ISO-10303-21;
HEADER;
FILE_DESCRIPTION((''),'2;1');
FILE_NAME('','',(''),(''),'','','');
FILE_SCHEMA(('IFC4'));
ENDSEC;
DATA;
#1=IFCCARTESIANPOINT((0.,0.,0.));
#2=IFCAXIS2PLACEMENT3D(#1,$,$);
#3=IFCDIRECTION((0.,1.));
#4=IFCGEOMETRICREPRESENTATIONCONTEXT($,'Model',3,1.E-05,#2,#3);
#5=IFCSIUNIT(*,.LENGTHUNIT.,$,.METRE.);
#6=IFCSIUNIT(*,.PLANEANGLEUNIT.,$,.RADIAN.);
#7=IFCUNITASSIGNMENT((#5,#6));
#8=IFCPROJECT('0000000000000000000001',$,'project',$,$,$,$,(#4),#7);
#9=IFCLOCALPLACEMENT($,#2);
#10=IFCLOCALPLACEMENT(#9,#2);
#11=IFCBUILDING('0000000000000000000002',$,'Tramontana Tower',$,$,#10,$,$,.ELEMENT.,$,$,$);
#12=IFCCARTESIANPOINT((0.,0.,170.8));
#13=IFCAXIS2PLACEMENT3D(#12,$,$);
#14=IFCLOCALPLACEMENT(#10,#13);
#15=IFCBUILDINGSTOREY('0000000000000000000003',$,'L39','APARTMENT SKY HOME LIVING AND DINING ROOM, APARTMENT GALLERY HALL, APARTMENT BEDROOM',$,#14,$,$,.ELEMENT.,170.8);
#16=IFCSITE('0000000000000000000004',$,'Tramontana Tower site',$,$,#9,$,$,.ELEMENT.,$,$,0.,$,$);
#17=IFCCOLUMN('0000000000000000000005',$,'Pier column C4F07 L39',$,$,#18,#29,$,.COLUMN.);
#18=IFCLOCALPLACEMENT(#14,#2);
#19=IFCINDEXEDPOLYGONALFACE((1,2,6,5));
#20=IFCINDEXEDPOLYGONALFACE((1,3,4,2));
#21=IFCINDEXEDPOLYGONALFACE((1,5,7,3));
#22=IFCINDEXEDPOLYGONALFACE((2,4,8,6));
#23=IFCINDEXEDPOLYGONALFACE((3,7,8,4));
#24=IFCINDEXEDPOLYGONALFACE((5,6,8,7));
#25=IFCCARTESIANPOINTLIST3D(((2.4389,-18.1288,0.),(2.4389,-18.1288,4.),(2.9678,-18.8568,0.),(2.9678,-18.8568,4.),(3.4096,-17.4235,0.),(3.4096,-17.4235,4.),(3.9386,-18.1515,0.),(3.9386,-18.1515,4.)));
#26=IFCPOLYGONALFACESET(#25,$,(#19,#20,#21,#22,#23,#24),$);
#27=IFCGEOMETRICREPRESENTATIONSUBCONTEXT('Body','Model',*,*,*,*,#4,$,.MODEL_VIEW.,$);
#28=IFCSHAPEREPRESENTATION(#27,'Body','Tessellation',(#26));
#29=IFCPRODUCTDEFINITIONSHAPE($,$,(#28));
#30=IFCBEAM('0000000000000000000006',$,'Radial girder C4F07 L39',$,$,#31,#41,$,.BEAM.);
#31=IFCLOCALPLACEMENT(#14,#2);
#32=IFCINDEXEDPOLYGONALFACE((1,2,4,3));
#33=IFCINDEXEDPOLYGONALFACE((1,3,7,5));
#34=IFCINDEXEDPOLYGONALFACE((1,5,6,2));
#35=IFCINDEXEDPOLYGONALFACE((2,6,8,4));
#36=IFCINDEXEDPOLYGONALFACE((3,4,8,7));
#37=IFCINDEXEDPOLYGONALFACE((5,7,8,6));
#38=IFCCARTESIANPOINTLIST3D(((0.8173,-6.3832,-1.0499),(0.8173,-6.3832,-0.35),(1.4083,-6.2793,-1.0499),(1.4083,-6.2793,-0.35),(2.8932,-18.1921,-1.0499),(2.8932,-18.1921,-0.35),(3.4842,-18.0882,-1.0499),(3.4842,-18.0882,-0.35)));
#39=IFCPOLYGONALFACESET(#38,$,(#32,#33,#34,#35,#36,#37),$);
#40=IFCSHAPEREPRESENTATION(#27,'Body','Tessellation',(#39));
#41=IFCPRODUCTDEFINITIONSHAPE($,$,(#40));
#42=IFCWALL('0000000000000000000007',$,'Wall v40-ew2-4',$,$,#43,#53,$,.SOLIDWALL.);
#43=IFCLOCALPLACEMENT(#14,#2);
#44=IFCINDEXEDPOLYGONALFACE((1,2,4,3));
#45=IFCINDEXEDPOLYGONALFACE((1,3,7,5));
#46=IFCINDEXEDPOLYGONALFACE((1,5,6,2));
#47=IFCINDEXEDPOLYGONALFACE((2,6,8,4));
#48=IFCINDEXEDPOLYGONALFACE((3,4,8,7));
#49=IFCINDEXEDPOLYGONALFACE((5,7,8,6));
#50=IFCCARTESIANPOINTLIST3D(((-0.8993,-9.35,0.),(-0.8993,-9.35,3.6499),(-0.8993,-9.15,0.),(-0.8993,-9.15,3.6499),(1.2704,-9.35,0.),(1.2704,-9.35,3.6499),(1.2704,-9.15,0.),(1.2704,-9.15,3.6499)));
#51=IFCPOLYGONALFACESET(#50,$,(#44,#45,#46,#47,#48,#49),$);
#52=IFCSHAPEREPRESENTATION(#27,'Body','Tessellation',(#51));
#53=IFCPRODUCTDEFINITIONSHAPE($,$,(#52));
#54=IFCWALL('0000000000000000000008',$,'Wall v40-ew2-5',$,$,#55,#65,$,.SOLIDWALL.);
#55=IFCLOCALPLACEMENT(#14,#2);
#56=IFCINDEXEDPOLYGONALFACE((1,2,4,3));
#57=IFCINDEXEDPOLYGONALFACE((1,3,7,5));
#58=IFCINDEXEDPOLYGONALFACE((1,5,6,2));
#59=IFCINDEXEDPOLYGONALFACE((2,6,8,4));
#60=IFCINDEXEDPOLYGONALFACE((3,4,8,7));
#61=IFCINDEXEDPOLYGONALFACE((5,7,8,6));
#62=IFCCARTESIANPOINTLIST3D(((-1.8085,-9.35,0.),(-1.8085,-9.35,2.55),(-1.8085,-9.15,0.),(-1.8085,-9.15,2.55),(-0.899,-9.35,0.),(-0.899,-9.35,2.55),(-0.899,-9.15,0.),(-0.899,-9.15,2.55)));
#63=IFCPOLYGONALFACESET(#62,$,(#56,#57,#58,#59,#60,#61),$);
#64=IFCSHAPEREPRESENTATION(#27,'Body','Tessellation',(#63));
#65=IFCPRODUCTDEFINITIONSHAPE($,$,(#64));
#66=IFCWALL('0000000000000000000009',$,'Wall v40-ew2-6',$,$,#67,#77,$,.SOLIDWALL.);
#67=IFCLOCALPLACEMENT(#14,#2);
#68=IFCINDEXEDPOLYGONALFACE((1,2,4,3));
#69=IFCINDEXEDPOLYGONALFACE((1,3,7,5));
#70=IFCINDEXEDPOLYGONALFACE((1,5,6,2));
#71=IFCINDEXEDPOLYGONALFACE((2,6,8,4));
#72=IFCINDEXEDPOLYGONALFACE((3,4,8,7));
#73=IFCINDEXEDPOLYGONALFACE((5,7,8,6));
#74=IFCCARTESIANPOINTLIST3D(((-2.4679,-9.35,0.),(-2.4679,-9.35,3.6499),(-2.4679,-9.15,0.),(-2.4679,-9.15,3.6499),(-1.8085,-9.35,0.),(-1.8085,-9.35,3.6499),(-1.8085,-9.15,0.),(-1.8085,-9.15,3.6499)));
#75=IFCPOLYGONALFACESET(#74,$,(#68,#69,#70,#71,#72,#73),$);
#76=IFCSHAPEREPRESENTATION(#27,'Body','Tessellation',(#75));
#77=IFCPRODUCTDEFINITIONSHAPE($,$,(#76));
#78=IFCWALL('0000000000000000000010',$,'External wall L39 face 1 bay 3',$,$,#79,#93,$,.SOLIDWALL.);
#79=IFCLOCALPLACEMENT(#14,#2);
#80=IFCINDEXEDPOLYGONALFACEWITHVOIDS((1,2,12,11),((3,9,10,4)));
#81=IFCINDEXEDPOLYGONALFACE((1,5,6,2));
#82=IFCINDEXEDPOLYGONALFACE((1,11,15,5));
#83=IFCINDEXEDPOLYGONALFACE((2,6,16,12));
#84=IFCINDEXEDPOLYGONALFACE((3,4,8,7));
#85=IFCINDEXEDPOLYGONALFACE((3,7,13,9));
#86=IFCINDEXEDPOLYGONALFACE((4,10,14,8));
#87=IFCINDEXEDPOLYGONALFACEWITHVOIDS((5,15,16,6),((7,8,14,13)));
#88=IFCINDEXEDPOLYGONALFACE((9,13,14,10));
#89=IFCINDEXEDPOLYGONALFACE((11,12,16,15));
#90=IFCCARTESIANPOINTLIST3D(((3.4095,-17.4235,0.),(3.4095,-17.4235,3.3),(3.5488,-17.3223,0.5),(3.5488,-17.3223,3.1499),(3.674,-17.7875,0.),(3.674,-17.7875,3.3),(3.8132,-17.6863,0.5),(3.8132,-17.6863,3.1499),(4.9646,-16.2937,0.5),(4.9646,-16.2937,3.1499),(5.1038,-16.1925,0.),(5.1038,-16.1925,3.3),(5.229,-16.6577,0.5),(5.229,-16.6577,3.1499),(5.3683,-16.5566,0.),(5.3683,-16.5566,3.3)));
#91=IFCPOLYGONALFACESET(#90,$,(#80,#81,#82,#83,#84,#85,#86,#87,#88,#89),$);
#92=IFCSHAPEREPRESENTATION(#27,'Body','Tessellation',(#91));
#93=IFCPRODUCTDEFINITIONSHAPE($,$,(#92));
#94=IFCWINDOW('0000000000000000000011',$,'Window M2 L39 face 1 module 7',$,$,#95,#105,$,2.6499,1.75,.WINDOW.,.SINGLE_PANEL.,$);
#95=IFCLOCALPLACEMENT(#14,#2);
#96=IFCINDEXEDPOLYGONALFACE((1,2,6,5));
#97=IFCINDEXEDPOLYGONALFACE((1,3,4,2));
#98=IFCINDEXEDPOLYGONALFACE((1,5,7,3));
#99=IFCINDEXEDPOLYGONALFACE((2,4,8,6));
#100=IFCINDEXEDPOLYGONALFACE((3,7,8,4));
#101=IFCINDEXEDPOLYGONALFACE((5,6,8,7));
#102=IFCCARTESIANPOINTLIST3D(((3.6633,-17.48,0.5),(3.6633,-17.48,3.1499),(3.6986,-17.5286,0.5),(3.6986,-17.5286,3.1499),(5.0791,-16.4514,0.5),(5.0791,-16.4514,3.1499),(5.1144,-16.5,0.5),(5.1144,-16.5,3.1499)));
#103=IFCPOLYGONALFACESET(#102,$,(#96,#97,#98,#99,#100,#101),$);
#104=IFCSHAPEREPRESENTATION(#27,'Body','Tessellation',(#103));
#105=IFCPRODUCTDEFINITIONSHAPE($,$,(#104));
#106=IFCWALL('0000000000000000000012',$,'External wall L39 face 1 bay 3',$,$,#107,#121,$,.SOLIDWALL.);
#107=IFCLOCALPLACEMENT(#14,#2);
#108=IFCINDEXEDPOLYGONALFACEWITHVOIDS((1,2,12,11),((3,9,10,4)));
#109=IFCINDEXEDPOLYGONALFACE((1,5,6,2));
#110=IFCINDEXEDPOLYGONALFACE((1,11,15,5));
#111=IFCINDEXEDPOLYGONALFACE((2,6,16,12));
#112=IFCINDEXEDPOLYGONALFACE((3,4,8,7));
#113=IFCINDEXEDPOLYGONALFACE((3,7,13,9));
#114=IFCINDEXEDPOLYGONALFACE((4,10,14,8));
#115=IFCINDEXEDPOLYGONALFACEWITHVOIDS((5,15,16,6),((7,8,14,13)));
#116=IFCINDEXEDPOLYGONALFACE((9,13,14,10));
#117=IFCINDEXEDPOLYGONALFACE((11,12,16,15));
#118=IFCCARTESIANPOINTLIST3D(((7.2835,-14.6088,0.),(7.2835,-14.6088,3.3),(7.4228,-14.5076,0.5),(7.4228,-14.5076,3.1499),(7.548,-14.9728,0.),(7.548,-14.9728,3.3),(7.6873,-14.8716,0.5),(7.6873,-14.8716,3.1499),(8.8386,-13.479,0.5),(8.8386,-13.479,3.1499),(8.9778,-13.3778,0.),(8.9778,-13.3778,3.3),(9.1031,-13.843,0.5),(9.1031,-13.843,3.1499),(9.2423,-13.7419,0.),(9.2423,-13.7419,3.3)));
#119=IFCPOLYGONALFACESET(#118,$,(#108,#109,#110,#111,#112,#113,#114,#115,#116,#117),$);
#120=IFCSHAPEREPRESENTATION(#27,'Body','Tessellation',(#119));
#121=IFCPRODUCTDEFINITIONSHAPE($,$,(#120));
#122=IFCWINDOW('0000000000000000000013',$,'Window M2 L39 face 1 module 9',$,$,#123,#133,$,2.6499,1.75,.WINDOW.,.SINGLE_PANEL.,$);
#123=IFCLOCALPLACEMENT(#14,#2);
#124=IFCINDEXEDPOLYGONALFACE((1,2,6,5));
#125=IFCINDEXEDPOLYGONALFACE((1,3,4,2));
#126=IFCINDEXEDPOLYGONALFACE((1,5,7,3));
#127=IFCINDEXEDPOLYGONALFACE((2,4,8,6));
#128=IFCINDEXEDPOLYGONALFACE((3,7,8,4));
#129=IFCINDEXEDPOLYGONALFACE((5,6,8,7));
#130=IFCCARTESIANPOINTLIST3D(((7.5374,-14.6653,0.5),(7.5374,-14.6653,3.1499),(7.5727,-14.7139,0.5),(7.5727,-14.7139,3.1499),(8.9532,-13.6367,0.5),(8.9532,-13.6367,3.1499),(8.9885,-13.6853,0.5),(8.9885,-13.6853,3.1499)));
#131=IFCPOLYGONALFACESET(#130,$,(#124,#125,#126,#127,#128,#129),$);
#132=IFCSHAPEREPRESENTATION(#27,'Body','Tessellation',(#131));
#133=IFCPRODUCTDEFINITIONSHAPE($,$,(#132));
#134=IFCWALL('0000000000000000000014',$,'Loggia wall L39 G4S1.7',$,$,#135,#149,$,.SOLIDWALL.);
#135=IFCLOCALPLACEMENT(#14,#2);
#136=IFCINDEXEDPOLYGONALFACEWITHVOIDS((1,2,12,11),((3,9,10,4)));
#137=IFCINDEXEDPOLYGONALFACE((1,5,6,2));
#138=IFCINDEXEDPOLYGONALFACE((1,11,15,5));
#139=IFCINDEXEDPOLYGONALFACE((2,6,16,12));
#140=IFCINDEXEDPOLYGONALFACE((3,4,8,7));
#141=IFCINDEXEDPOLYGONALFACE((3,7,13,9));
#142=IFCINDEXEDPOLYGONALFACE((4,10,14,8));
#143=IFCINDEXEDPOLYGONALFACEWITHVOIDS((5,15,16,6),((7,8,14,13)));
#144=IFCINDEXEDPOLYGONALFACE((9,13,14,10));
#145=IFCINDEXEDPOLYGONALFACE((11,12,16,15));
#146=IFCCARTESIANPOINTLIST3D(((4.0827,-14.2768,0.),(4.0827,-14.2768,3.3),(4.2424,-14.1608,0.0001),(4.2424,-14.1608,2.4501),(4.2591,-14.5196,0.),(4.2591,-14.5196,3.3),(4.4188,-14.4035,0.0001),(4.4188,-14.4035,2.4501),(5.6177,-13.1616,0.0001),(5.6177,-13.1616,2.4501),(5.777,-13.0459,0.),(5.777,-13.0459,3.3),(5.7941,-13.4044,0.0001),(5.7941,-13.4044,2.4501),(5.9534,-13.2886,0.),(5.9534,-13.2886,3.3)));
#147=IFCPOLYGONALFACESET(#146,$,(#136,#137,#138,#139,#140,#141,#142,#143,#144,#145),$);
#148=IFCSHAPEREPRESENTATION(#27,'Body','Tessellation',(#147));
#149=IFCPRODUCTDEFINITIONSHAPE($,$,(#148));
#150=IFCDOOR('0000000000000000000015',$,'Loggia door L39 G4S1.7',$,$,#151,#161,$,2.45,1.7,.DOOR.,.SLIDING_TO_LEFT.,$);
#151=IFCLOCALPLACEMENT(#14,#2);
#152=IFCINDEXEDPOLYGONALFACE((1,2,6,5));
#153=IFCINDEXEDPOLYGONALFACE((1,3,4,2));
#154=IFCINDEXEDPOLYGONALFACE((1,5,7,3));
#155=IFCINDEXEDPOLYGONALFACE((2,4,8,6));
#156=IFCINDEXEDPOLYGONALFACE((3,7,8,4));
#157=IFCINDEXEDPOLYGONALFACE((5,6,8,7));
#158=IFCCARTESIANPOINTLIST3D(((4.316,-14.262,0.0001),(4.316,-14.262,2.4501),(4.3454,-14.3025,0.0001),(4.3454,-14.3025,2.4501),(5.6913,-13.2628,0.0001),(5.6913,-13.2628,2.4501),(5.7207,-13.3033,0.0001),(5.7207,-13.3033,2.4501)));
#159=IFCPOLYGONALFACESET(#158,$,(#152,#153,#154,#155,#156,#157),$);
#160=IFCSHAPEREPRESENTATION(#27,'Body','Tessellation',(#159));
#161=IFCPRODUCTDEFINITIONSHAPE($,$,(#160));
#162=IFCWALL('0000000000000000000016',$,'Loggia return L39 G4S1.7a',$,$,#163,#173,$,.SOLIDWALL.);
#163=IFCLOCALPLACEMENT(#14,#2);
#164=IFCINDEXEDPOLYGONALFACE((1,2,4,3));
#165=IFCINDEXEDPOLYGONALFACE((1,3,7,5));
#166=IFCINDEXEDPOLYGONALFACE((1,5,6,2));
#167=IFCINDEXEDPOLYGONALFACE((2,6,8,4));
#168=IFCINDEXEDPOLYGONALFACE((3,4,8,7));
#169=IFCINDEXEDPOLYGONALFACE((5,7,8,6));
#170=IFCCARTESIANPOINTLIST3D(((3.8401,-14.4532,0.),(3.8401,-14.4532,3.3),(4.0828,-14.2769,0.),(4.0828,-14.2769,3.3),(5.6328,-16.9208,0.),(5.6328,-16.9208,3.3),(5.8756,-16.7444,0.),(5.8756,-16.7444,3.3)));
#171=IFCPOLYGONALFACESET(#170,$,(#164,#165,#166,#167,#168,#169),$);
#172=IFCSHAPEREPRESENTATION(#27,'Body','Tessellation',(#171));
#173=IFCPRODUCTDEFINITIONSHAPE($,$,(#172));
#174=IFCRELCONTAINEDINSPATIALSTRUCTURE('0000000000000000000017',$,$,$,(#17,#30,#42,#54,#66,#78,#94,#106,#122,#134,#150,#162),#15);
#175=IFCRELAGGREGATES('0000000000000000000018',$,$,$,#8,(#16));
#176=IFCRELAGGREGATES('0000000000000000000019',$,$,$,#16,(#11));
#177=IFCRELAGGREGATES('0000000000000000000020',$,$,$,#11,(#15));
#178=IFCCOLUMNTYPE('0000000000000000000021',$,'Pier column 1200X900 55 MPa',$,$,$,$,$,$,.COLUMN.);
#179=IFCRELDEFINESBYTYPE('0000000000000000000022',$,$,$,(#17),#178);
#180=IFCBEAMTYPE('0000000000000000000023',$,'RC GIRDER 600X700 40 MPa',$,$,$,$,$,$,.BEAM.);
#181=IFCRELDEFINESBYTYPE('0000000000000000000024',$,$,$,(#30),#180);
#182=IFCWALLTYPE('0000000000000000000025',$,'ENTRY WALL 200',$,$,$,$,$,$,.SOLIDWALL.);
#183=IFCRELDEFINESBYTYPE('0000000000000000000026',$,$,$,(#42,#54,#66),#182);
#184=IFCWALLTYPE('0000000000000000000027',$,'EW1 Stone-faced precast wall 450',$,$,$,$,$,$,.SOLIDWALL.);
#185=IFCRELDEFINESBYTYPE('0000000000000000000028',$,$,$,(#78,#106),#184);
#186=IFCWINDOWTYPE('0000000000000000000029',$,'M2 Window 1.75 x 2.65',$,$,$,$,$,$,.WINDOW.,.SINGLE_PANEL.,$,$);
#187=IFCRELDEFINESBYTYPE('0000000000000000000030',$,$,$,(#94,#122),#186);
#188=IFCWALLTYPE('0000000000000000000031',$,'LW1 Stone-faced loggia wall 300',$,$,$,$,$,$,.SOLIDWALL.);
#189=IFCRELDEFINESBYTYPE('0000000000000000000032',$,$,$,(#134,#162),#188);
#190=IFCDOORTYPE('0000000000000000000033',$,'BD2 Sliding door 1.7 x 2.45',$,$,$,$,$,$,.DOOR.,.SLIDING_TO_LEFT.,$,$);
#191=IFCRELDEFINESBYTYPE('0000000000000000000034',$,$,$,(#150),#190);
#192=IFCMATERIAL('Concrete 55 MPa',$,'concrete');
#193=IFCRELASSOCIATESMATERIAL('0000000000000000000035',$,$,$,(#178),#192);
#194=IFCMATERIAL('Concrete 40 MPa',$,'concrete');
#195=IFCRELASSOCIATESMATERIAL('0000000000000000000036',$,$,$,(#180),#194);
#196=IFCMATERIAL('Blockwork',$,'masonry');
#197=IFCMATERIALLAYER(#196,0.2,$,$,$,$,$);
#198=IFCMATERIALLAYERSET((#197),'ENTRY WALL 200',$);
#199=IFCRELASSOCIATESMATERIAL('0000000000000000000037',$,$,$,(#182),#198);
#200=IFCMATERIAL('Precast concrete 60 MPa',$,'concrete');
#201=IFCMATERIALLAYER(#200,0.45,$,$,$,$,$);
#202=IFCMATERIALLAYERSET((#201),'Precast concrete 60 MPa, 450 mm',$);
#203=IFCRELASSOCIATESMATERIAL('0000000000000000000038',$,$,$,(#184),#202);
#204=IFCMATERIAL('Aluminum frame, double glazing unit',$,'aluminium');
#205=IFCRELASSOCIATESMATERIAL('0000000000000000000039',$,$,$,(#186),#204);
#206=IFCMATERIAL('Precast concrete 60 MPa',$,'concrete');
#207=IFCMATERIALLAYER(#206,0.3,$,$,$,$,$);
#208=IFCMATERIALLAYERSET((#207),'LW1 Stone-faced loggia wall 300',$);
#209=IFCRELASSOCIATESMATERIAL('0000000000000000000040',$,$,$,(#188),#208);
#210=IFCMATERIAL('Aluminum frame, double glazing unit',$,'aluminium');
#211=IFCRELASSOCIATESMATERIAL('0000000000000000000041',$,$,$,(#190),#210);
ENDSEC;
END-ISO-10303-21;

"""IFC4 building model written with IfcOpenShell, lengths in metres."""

from ifc_helpers import new_model, si_unit, direction, frame, frame_2d, origin, origin_2d, place, context, subcontext, project, spatial, rectangle, extrude, material, layer, layer_set, material_profile, profile_set, type_object, element, fill, save


model = new_model("IFC4")

# Units and contexts
model_context = context("Model", 3, precision=1e-05, world=origin(), true_north=direction((0.0, 1.0)))
body_context = subcontext(model_context, "Body", "Model", "MODEL_VIEW")
ifc_project = project(units=[si_unit("LENGTHUNIT", "METRE"), si_unit("PLANEANGLEUNIT", "RADIAN")], contexts=[model_context])

# Site, building, storey
site_placement = place(None, origin())
site = spatial("IfcSite", under=ifc_project, at=site_placement, Name="Tramontana Tower site", CompositionType="ELEMENT", RefElevation=0.0)
building_placement = place(site_placement, origin())
building = spatial("IfcBuilding", under=site, at=building_placement, Name="Tramontana Tower", CompositionType="ELEMENT")
storey_placement = place(building_placement, frame((0.0, 0.0, 170.8)))
storey = spatial("IfcBuildingStorey", under=building, at=storey_placement, Name="L39", Description="APARTMENT SKY HOME LIVING AND DINING ROOM, APARTMENT GALLERY HALL, APARTMENT BEDROOM", CompositionType="ELEMENT", Elevation=170.8)

# Column
ifc_material_1 = material(Name="Concrete 55 MPa", Category="concrete")
ifc_material_profile_1 = material_profile(ifc_material_1, rectangle(XDim=1.2, YDim=0.8999, at=origin_2d()), Name="Pier column 1200X900 55 MPa")
ifc_profile_set_1 = profile_set([ifc_material_profile_1], Name="Concrete 55 MPa")
column_type = type_object("IfcColumnType", Name="Pier column 1200X900 55 MPa", PredefinedType="COLUMN", material=ifc_profile_set_1)
column_placement = place(storey_placement, frame((3.1887, -18.1401, 0.0), z_axis=(0.0, 0.0, 1.0), x_axis=(0.809017, 0.587785, 0.0)))
element("IfcColumn", 1, at=column_placement, inside=storey, type_object=column_type, Name="Pier column C4F07 L39", PredefinedType="COLUMN", context=body_context, shape_type="SweptSolid", body=[
    extrude(rectangle(XDim=1.2, YDim=0.8999, at=origin_2d()), origin(), (0.0, 0.0, 1.0), 4.0),
])

# Beam
ifc_material_2 = material(Name="Concrete 40 MPa", Category="concrete")
ifc_material_profile_2 = material_profile(ifc_material_2, rectangle(XDim=0.6001, YDim=0.7, at=origin_2d()), Name="RC GIRDER 600X700 40 MPa")
ifc_profile_set_2 = profile_set([ifc_material_profile_2], Name="Concrete 40 MPa")
beam_type = type_object("IfcBeamType", Name="RC GIRDER 600X700 40 MPa", PredefinedType="BEAM", material=ifc_profile_set_2)
beam_placement = place(storey_placement, frame((3.1887, -18.1401, -0.7), z_axis=(-0.173139, 0.984897, 0.0), x_axis=(-0.984897, -0.173139, 0.0)))
element("IfcBeam", 2, at=beam_placement, inside=storey, type_object=beam_type, Name="Radial girder C4F07 L39", PredefinedType="BEAM", context=body_context, shape_type="SweptSolid", body=[
    extrude(rectangle(XDim=0.6001, YDim=0.7, at=origin_2d()), origin(), (0.0, 0.0, 1.0), 11.99),
])

# Walls
ifc_material_3 = material(Name="Blockwork", Category="masonry")
ifc_layer_1 = layer(ifc_material_3, 0.2)
ifc_layer_set_1 = layer_set([ifc_layer_1], Name="ENTRY WALL 200")
wall_type_1 = type_object("IfcWallType", Name="ENTRY WALL 200", PredefinedType="SOLIDWALL", material=ifc_layer_set_1)
wall_1_placement = place(storey_placement, frame((1.2705, -9.25, 0.0), z_axis=(0.0, 0.0, 1.0), x_axis=(-1.0, 0.0, 0.0)))
element("IfcWall", 3, at=wall_1_placement, inside=storey, type_object=wall_type_1, Name="Wall v40-ew2-4", PredefinedType="SOLIDWALL", context=body_context, shape_type="SweptSolid", body=[
    extrude(rectangle(XDim=2.1697, YDim=0.2, at=frame_2d((1.085, 0.0))), origin(), (0.0, 0.0, 1.0), 3.6499),
])
wall_2_placement = place(storey_placement, frame((-0.8992, -9.25, 0.0), z_axis=(0.0, 0.0, 1.0), x_axis=(-1.0, 0.0, 0.0)))
element("IfcWall", 4, at=wall_2_placement, inside=storey, type_object=wall_type_1, Name="Wall v40-ew2-5", PredefinedType="SOLIDWALL", context=body_context, shape_type="SweptSolid", body=[
    extrude(rectangle(XDim=0.9094, YDim=0.2, at=frame_2d((0.4546, 0.0))), origin(), (0.0, 0.0, 1.0), 2.55),
])
wall_3_placement = place(storey_placement, frame((-1.8086, -9.25, 0.0), z_axis=(0.0, 0.0, 1.0), x_axis=(-1.0, 0.0, 0.0)))
element("IfcWall", 5, at=wall_3_placement, inside=storey, type_object=wall_type_1, Name="Wall v40-ew2-6", PredefinedType="SOLIDWALL", context=body_context, shape_type="SweptSolid", body=[
    extrude(rectangle(XDim=0.6594, YDim=0.2, at=frame_2d((0.3296, 0.0))), origin(), (0.0, 0.0, 1.0), 3.6499),
])

# Walls, openings, windows
ifc_material_4 = material(Name="Precast concrete 60 MPa", Category="concrete")
ifc_layer_2 = layer(ifc_material_4, 0.45)
ifc_layer_set_2 = layer_set([ifc_layer_2], Name="Precast concrete 60 MPa, 450 mm")
wall_type_2 = type_object("IfcWallType", Name="EW1 Stone-faced precast wall 450", PredefinedType="SOLIDWALL", material=ifc_layer_set_2)
wall_4_placement = place(storey_placement, frame((3.5417, -17.6055, 0.0), z_axis=(0.0, 0.0, 1.0), x_axis=(0.809028, 0.58777, 0.0)))
wall_4 = element("IfcWall", 6, at=wall_4_placement, inside=storey, type_object=wall_type_2, Name="External wall L39 face 1 bay 3", PredefinedType="SOLIDWALL", context=body_context, shape_type="SweptSolid", body=[
    extrude(rectangle(XDim=2.0942, YDim=0.45, at=frame_2d((1.0471, 0.0))), origin(), (0.0, 0.0, 1.0), 3.3),
])
opening_1_placement = place(wall_4_placement, frame((0.1721, 0.0, 0.5)))
opening_1 = element("IfcOpeningElement", 7, at=opening_1_placement, cuts=wall_4, PredefinedType="OPENING", context=body_context, shape_type="SweptSolid", body=[
    extrude(rectangle(XDim=1.75, YDim=2.6499, at=frame_2d((0.875, 1.325))), frame((0.0, 0.2349, 0.0), z_axis=(0.0, -1.0, 0.0), x_axis=(1.0, 0.0, 0.0)), (0.0, 0.0, 1.0), 0.47),
])
ifc_material_5 = material(Name="Aluminum frame, double glazing unit", Category="aluminium")
window_type = type_object("IfcWindowType", Name="M2 Window 1.75 x 2.65", PartitioningType="SINGLE_PANEL", PredefinedType="WINDOW", material=ifc_material_5)
window_1_placement = place(opening_1_placement, origin())
window_1 = element("IfcWindow", 8, at=window_1_placement, inside=storey, type_object=window_type, Name="Window M2 L39 face 1 module 7", OverallHeight=2.6499, OverallWidth=1.75, PartitioningType="SINGLE_PANEL", PredefinedType="WINDOW", context=body_context, shape_type="SweptSolid", body=[
    extrude(rectangle(XDim=1.75, YDim=2.6499, at=frame_2d((0.875, 1.325))), frame((0.0, 0.03, 0.0), z_axis=(0.0, -1.0, 0.0), x_axis=(1.0, 0.0, 0.0)), (0.0, 0.0, 1.0), 0.0601),
])
fill(opening_1, window_1)
wall_5_placement = place(storey_placement, frame((7.4158, -14.7908, 0.0), z_axis=(0.0, 0.0, 1.0), x_axis=(0.809028, 0.58777, 0.0)))
wall_5 = element("IfcWall", 9, at=wall_5_placement, inside=storey, type_object=wall_type_2, Name="External wall L39 face 1 bay 3", PredefinedType="SOLIDWALL", context=body_context, shape_type="SweptSolid", body=[
    extrude(rectangle(XDim=2.0942, YDim=0.45, at=frame_2d((1.0471, 0.0))), origin(), (0.0, 0.0, 1.0), 3.3),
])
opening_2_placement = place(wall_5_placement, frame((0.1721, 0.0, 0.5)))
opening_2 = element("IfcOpeningElement", 10, at=opening_2_placement, cuts=wall_5, PredefinedType="OPENING", context=body_context, shape_type="SweptSolid", body=[
    extrude(rectangle(XDim=1.75, YDim=2.6499, at=frame_2d((0.875, 1.325))), frame((0.0, 0.2349, 0.0), z_axis=(0.0, -1.0, 0.0), x_axis=(1.0, 0.0, 0.0)), (0.0, 0.0, 1.0), 0.47),
])
window_2_placement = place(opening_2_placement, origin())
window_2 = element("IfcWindow", 11, at=window_2_placement, inside=storey, type_object=window_type, Name="Window M2 L39 face 1 module 9", OverallHeight=2.6499, OverallWidth=1.75, PartitioningType="SINGLE_PANEL", PredefinedType="WINDOW", context=body_context, shape_type="SweptSolid", body=[
    extrude(rectangle(XDim=1.75, YDim=2.6499, at=frame_2d((0.875, 1.325))), frame((0.0, 0.03, 0.0), z_axis=(0.0, -1.0, 0.0), x_axis=(1.0, 0.0, 0.0)), (0.0, 0.0, 1.0), 0.0601),
])
fill(opening_2, window_2)

# Wall, opening, door
ifc_material_6 = material(Name="Precast concrete 60 MPa", Category="concrete")
ifc_layer_3 = layer(ifc_material_6, 0.3)
ifc_layer_set_3 = layer_set([ifc_layer_3], Name="LW1 Stone-faced loggia wall 300")
wall_type_3 = type_object("IfcWallType", Name="LW1 Stone-faced loggia wall 300", PredefinedType="SOLIDWALL", material=ifc_layer_set_3)
wall_6_placement = place(storey_placement, frame((4.1709, -14.3982, 0.0), z_axis=(0.0, 0.0, 1.0), x_axis=(0.809028, 0.58777, 0.0)))
wall_6 = element("IfcWall", 12, at=wall_6_placement, inside=storey, type_object=wall_type_3, Name="Loggia wall L39 G4S1.7", PredefinedType="SOLIDWALL", context=body_context, shape_type="SweptSolid", body=[
    extrude(rectangle(XDim=2.0942, YDim=0.3, at=frame_2d((1.0471, 0.0))), origin(), (0.0, 0.0, 1.0), 3.3),
])
opening_3_placement = place(wall_6_placement, frame((0.1973, 0.0, 0.0)))
opening_3 = element("IfcOpeningElement", 13, at=opening_3_placement, cuts=wall_6, PredefinedType="OPENING", context=body_context, shape_type="SweptSolid", body=[
    extrude(rectangle(XDim=1.7, YDim=2.45, at=frame_2d((0.8501, 1.2251))), frame((0.0, 0.1599, 0.0), z_axis=(0.0, -1.0, 0.0), x_axis=(1.0, 0.0, 0.0)), (0.0, 0.0, 1.0), 0.3201),
])
ifc_material_7 = material(Name="Aluminum frame, double glazing unit", Category="aluminium")
door_type_1 = type_object("IfcDoorType", Name="BD2 Sliding door 1.7 x 2.45", OperationType="SLIDING_TO_LEFT", PredefinedType="DOOR", material=ifc_material_7)
door_1_placement = place(opening_3_placement, origin())
door_1 = element("IfcDoor", 14, at=door_1_placement, inside=storey, type_object=door_type_1, Name="Loggia door L39 G4S1.7", OperationType="SLIDING_TO_LEFT", OverallHeight=2.45, OverallWidth=1.7, PredefinedType="DOOR", context=body_context, shape_type="SweptSolid", body=[
    extrude(rectangle(XDim=1.7, YDim=2.45, at=frame_2d((0.8501, 1.2251))), frame((0.0, 0.0249, 0.0), z_axis=(0.0, -1.0, 0.0), x_axis=(1.0, 0.0, 0.0)), (0.0, 0.0, 1.0), 0.05),
])
fill(opening_3, door_1)

# Wall
wall_7_placement = place(storey_placement, frame((5.7542, -16.8325, 0.0), z_axis=(0.0, 0.0, 1.0), x_axis=(-0.587777, 0.809023, 0.0)))
element("IfcWall", 15, at=wall_7_placement, inside=storey, type_object=wall_type_3, Name="Loggia return L39 G4S1.7a", PredefinedType="SOLIDWALL", context=body_context, shape_type="SweptSolid", body=[
    extrude(rectangle(XDim=3.05, YDim=0.3, at=frame_2d((1.5249, 0.0))), origin(), (0.0, 0.0, 1.0), 3.3),
])

save(model, "model.ifc")
